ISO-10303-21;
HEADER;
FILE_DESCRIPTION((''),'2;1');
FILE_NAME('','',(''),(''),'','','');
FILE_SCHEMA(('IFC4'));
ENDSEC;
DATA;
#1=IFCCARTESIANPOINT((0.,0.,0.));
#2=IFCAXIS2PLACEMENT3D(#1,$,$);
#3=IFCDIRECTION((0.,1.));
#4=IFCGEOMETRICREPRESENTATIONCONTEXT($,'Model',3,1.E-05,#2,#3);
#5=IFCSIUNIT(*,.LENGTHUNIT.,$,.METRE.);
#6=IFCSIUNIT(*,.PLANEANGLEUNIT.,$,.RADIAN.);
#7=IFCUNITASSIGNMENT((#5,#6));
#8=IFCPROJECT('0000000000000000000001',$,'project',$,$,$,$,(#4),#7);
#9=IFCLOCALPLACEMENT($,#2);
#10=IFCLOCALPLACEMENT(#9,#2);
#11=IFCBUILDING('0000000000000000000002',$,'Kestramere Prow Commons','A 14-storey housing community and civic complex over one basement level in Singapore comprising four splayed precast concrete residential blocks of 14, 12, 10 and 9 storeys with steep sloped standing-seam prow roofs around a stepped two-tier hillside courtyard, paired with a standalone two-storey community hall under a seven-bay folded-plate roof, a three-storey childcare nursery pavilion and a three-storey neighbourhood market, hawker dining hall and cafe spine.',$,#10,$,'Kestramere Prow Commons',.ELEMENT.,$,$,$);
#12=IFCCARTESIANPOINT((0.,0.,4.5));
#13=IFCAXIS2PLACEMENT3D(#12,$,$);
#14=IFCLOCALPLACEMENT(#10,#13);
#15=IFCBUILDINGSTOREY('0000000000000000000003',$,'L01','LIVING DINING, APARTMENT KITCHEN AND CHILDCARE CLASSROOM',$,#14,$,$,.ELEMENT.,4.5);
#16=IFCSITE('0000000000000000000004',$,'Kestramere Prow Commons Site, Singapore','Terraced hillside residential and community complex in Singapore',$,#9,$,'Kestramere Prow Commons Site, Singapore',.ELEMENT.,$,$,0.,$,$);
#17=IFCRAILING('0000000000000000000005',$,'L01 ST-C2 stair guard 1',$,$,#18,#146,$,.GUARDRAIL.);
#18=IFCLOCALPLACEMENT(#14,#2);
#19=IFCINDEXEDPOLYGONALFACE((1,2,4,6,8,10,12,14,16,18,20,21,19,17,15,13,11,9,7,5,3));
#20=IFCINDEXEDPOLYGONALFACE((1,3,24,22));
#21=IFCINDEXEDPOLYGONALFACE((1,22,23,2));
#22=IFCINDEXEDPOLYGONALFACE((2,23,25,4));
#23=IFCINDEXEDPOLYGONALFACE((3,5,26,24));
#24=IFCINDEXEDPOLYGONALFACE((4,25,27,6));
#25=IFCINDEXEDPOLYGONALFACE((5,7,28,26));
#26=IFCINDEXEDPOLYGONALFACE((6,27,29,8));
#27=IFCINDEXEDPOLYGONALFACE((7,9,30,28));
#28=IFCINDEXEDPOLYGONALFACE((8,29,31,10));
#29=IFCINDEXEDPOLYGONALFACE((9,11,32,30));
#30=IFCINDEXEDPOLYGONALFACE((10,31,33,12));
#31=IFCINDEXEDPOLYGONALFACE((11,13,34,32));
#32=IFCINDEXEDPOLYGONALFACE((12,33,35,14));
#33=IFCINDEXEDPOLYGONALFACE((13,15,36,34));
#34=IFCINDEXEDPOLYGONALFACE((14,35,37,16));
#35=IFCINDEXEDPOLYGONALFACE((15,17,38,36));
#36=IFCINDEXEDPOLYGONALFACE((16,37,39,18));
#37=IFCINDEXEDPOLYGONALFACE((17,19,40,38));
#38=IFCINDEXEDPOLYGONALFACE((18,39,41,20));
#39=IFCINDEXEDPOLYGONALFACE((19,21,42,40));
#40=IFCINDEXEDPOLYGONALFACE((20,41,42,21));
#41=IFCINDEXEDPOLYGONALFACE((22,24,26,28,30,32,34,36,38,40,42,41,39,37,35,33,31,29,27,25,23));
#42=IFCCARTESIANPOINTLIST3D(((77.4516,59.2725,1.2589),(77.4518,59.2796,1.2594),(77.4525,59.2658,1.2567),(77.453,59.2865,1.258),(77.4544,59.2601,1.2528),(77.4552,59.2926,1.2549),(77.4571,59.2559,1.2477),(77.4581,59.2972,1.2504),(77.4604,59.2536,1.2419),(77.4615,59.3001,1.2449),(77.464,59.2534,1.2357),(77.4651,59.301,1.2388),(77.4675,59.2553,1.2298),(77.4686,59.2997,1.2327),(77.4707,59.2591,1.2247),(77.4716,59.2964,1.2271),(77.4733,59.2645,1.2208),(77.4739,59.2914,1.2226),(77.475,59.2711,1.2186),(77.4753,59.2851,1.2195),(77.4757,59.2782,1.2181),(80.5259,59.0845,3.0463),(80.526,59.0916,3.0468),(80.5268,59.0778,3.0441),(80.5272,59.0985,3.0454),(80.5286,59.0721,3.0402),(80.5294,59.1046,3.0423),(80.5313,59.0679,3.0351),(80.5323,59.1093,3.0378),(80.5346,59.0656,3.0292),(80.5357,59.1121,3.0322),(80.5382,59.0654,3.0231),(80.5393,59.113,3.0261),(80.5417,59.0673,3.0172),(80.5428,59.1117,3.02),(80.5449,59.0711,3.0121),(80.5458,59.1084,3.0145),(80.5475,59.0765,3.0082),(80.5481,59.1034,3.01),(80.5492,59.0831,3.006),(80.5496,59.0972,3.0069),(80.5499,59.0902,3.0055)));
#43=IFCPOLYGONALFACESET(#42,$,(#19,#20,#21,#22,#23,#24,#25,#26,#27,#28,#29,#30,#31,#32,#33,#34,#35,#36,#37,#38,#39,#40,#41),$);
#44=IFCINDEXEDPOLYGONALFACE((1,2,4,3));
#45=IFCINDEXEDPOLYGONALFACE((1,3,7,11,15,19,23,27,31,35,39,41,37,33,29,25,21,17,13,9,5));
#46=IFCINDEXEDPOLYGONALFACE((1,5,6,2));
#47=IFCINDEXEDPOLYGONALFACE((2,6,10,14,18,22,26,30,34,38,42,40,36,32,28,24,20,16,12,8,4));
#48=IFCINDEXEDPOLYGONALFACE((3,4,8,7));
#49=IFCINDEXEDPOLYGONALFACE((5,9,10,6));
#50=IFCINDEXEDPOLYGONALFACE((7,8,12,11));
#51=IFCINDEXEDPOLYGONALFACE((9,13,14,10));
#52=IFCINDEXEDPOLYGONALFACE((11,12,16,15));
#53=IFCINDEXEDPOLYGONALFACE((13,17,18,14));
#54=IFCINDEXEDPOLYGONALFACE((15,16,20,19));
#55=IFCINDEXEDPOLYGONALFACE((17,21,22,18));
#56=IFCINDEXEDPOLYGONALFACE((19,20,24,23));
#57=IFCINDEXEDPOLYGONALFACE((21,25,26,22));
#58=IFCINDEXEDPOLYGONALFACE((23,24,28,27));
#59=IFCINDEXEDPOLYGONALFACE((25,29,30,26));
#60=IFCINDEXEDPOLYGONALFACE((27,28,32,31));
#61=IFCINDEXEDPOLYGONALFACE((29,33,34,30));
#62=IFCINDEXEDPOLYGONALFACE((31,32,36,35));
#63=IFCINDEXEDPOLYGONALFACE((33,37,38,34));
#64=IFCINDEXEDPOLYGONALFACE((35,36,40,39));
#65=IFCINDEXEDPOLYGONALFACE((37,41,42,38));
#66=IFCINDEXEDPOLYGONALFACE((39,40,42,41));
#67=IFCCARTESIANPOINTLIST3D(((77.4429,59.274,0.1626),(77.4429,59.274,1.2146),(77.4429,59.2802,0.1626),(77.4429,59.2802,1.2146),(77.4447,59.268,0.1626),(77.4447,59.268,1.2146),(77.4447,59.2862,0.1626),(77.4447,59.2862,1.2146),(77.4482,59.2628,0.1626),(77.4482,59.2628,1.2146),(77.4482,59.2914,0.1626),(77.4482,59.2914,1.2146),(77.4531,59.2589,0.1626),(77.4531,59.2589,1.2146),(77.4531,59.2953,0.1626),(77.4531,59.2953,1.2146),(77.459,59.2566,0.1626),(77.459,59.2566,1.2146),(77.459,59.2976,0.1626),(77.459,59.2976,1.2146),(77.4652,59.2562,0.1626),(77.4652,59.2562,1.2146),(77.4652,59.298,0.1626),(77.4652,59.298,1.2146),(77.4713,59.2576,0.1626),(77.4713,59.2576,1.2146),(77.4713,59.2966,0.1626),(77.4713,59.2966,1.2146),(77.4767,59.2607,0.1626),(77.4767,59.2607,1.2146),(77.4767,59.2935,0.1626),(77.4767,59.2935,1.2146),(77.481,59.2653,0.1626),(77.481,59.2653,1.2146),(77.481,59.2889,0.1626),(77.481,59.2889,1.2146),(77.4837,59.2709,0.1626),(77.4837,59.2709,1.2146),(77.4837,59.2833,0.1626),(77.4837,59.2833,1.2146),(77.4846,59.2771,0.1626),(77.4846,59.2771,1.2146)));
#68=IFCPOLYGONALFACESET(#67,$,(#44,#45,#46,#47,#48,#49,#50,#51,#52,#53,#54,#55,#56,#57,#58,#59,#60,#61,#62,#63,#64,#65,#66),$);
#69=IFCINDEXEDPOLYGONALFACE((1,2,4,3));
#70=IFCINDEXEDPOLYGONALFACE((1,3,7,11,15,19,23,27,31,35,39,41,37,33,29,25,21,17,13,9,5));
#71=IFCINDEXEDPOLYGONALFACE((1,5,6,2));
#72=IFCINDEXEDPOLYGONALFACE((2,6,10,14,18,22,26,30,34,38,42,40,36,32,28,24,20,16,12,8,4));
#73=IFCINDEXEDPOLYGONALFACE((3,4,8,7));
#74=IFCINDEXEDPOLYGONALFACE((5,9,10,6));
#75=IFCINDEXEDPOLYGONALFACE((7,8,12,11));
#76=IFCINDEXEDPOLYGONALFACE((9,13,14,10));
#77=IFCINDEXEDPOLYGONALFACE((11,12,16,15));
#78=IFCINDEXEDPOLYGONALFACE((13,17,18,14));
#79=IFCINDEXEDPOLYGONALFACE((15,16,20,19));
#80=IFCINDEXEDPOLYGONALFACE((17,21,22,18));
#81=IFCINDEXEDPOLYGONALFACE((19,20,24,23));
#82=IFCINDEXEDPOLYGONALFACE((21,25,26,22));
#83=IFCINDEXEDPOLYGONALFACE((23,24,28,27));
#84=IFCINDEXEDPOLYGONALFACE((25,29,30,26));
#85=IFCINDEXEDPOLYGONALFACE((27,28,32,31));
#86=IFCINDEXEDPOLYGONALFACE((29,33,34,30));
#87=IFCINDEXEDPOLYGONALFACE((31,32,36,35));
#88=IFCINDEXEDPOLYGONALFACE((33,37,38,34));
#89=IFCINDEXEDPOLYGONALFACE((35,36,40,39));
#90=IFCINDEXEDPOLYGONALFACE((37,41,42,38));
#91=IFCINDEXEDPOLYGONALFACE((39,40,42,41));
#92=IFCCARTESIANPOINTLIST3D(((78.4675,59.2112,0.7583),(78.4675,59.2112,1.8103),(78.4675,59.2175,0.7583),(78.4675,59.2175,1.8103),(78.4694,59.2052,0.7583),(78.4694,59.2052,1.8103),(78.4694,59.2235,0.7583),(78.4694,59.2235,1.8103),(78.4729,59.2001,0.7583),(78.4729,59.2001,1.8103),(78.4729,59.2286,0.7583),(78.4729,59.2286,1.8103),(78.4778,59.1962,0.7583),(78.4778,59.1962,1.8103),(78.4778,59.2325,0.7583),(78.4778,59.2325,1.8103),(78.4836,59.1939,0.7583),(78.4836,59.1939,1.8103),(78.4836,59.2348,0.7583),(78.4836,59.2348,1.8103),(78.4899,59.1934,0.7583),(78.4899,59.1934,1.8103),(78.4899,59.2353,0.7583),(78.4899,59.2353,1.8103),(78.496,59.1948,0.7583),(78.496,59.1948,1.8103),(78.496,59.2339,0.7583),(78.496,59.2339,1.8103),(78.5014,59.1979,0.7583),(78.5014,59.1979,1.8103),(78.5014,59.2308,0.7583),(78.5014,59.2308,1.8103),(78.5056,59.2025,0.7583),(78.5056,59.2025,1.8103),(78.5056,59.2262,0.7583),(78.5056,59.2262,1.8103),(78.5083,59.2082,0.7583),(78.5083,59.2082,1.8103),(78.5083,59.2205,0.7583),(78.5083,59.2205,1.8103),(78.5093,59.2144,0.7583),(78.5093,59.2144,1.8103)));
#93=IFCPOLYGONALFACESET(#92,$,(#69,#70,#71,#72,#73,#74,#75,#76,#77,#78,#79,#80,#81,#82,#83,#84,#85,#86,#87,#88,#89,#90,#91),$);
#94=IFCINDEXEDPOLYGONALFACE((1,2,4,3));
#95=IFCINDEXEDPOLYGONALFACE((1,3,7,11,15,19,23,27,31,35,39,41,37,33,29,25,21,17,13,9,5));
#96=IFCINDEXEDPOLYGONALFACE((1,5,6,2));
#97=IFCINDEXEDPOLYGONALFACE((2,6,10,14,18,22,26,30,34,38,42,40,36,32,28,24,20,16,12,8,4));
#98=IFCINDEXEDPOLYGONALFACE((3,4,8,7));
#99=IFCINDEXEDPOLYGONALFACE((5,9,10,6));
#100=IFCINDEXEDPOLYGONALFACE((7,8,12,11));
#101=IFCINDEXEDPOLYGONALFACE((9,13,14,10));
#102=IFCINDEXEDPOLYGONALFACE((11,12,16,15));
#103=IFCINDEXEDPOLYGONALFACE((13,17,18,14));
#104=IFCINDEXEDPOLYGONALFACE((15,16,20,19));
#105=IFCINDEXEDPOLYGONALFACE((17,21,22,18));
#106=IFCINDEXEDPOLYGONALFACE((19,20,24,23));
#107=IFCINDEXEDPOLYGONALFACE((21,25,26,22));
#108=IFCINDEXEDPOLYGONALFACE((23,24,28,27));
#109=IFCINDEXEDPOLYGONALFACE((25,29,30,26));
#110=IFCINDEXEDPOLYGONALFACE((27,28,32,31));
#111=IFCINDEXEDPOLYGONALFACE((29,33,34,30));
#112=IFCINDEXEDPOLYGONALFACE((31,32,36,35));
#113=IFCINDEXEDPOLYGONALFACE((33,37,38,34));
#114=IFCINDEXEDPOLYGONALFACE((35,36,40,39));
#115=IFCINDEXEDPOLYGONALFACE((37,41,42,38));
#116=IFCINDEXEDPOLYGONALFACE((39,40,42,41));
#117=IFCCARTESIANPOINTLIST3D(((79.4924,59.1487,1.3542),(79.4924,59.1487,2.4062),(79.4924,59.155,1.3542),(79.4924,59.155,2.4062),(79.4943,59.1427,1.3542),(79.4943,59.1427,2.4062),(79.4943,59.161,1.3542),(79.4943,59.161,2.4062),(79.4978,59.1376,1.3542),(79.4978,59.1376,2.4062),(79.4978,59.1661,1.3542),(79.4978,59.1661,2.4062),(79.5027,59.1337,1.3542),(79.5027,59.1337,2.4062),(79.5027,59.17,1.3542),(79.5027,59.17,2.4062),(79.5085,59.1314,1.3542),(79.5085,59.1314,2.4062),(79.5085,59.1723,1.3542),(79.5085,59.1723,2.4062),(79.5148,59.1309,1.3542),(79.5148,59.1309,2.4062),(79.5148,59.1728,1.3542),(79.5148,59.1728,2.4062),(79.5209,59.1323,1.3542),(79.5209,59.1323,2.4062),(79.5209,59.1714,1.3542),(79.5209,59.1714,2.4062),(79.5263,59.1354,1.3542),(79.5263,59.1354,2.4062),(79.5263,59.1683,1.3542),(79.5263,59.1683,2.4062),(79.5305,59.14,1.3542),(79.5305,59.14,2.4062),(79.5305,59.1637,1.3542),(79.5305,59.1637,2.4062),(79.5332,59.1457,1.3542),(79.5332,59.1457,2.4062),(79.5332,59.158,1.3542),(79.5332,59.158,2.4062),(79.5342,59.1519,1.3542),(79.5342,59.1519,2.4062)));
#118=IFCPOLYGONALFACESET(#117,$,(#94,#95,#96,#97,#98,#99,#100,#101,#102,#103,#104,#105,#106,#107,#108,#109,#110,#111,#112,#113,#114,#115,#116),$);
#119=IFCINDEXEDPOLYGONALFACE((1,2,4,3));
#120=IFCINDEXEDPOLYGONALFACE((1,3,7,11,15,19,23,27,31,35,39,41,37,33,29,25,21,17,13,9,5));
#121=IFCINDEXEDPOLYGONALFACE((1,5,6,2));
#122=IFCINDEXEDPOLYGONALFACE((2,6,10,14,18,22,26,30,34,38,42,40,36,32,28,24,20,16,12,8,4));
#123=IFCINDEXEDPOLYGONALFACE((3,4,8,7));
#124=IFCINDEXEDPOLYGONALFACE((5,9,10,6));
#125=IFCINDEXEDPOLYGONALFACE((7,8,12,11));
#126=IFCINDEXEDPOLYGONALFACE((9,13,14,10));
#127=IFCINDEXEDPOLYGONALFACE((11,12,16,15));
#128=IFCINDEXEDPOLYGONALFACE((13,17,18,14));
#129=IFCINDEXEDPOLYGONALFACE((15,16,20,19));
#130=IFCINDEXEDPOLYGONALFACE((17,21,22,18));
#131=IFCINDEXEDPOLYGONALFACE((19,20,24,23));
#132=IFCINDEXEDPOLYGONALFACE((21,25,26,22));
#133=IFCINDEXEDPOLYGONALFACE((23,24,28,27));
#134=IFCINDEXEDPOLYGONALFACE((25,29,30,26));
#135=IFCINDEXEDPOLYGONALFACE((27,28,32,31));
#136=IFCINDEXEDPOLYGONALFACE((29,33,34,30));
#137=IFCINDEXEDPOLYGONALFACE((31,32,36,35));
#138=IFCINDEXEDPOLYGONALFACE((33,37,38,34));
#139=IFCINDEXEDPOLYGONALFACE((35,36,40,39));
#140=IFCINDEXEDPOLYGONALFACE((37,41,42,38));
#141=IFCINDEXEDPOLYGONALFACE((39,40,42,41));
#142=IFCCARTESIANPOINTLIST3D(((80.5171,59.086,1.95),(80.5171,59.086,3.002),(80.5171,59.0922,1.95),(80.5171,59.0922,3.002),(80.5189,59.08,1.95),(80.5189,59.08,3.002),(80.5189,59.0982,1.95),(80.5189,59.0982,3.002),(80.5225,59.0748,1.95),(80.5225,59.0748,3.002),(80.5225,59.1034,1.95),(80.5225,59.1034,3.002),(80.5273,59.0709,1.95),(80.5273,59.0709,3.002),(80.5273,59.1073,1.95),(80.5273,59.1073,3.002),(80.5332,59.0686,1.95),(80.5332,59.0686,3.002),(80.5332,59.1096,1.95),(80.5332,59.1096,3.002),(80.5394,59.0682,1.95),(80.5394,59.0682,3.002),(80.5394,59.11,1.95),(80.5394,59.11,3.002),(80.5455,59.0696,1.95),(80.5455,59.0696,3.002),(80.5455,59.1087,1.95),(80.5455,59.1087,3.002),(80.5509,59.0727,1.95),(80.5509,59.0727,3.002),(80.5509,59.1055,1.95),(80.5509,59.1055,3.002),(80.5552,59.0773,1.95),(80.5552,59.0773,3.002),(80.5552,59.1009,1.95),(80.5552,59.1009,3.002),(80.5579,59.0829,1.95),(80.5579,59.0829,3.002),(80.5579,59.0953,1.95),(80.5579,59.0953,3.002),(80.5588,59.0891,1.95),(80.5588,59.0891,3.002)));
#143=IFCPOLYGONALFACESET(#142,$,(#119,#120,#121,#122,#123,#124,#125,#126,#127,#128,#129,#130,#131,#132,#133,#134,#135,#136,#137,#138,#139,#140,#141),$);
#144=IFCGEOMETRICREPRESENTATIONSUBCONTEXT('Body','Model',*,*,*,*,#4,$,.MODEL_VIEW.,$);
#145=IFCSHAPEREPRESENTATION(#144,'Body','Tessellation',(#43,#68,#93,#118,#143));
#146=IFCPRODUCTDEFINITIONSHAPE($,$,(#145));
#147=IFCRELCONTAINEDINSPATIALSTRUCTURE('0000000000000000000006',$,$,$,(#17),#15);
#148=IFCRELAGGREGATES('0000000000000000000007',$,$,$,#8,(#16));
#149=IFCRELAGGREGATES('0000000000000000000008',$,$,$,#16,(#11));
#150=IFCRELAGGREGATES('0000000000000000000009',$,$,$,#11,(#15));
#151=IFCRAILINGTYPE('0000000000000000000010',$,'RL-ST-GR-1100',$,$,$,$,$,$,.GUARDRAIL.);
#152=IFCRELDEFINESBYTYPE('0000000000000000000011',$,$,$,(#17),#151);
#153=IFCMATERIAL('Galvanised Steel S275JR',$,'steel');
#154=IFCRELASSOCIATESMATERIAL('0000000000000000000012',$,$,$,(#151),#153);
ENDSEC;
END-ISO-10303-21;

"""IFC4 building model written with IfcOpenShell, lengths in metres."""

from ifc_helpers import new_model, si_unit, direction, frame, origin, origin_2d, place, context, subcontext, project, spatial, circle, extrude, material, type_object, element, save


model = new_model("IFC4")

# Units and contexts
model_context = context("Model", 3, precision=1e-05, world=origin(), true_north=direction((0.0, 1.0)))
body_context = subcontext(model_context, "Body", "Model", "MODEL_VIEW")
ifc_project = project(units=[si_unit("LENGTHUNIT", "METRE"), si_unit("PLANEANGLEUNIT", "RADIAN")], contexts=[model_context])

# Site, building, storey
site_placement = place(None, origin())
site = spatial("IfcSite", under=ifc_project, at=site_placement, Name="Kestramere Prow Commons Site, Singapore", Description="Terraced hillside residential and community complex in Singapore", LongName="Kestramere Prow Commons Site, Singapore", CompositionType="ELEMENT", RefElevation=0.0)
building_placement = place(site_placement, origin())
building = spatial("IfcBuilding", under=site, at=building_placement, Name="Kestramere Prow Commons", Description="A 14-storey housing community and civic complex over one basement level in Singapore comprising four splayed precast concrete residential blocks of 14, 12, 10 and 9 storeys with steep sloped standing-seam prow roofs around a stepped two-tier hillside courtyard, paired with a standalone two-storey community hall under a seven-bay folded-plate roof, a three-storey childcare nursery pavilion and a three-storey neighbourhood market, hawker dining hall and cafe spine.", LongName="Kestramere Prow Commons", CompositionType="ELEMENT")
storey_placement = place(building_placement, frame((0.0, 0.0, 4.5)))
storey = spatial("IfcBuildingStorey", under=building, at=storey_placement, Name="L01", Description="LIVING DINING, APARTMENT KITCHEN AND CHILDCARE CLASSROOM", CompositionType="ELEMENT", Elevation=4.5)

# Railing
ifc_material_1 = material(Name="Galvanised Steel S275JR", Category="steel")
railing_type_1 = type_object("IfcRailingType", Name="RL-ST-GR-1100", PredefinedType="GUARDRAIL", material=ifc_material_1)
railing_1_placement = place(storey_placement, frame((77.4636, 59.2771, 0.1626)))
element("IfcRailing", 1, at=railing_1_placement, inside=storey, type_object=railing_type_1, Name="L01 ST-C2 stair guard 1", PredefinedType="GUARDRAIL", context=body_context, shape_type="SweptSolid", body=[
    extrude(circle(Radius=0.0239, at=origin_2d()), frame((0.0, 0.0, 1.0762), z_axis=(0.8633, -0.052791, 0.501923), x_axis=(0.061036, 0.998136, 0.0)), (0.0, 0.0, 1.0), 3.561),
    extrude(circle(Radius=0.021, at=origin_2d()), origin(), (0.0, 0.0, 1.0), 1.052),
    extrude(circle(Radius=0.021, at=origin_2d()), frame((1.0247, -0.0627, 0.5957)), (0.0, 0.0, 1.0), 1.052),
    extrude(circle(Radius=0.021, at=origin_2d()), frame((2.0496, -0.1252, 1.1917)), (0.0, 0.0, 1.0), 1.052),
    extrude(circle(Radius=0.021, at=origin_2d()), frame((3.0742, -0.188, 1.7874)), (0.0, 0.0, 1.0), 1.052),
])

save(model, "model.ifc")
